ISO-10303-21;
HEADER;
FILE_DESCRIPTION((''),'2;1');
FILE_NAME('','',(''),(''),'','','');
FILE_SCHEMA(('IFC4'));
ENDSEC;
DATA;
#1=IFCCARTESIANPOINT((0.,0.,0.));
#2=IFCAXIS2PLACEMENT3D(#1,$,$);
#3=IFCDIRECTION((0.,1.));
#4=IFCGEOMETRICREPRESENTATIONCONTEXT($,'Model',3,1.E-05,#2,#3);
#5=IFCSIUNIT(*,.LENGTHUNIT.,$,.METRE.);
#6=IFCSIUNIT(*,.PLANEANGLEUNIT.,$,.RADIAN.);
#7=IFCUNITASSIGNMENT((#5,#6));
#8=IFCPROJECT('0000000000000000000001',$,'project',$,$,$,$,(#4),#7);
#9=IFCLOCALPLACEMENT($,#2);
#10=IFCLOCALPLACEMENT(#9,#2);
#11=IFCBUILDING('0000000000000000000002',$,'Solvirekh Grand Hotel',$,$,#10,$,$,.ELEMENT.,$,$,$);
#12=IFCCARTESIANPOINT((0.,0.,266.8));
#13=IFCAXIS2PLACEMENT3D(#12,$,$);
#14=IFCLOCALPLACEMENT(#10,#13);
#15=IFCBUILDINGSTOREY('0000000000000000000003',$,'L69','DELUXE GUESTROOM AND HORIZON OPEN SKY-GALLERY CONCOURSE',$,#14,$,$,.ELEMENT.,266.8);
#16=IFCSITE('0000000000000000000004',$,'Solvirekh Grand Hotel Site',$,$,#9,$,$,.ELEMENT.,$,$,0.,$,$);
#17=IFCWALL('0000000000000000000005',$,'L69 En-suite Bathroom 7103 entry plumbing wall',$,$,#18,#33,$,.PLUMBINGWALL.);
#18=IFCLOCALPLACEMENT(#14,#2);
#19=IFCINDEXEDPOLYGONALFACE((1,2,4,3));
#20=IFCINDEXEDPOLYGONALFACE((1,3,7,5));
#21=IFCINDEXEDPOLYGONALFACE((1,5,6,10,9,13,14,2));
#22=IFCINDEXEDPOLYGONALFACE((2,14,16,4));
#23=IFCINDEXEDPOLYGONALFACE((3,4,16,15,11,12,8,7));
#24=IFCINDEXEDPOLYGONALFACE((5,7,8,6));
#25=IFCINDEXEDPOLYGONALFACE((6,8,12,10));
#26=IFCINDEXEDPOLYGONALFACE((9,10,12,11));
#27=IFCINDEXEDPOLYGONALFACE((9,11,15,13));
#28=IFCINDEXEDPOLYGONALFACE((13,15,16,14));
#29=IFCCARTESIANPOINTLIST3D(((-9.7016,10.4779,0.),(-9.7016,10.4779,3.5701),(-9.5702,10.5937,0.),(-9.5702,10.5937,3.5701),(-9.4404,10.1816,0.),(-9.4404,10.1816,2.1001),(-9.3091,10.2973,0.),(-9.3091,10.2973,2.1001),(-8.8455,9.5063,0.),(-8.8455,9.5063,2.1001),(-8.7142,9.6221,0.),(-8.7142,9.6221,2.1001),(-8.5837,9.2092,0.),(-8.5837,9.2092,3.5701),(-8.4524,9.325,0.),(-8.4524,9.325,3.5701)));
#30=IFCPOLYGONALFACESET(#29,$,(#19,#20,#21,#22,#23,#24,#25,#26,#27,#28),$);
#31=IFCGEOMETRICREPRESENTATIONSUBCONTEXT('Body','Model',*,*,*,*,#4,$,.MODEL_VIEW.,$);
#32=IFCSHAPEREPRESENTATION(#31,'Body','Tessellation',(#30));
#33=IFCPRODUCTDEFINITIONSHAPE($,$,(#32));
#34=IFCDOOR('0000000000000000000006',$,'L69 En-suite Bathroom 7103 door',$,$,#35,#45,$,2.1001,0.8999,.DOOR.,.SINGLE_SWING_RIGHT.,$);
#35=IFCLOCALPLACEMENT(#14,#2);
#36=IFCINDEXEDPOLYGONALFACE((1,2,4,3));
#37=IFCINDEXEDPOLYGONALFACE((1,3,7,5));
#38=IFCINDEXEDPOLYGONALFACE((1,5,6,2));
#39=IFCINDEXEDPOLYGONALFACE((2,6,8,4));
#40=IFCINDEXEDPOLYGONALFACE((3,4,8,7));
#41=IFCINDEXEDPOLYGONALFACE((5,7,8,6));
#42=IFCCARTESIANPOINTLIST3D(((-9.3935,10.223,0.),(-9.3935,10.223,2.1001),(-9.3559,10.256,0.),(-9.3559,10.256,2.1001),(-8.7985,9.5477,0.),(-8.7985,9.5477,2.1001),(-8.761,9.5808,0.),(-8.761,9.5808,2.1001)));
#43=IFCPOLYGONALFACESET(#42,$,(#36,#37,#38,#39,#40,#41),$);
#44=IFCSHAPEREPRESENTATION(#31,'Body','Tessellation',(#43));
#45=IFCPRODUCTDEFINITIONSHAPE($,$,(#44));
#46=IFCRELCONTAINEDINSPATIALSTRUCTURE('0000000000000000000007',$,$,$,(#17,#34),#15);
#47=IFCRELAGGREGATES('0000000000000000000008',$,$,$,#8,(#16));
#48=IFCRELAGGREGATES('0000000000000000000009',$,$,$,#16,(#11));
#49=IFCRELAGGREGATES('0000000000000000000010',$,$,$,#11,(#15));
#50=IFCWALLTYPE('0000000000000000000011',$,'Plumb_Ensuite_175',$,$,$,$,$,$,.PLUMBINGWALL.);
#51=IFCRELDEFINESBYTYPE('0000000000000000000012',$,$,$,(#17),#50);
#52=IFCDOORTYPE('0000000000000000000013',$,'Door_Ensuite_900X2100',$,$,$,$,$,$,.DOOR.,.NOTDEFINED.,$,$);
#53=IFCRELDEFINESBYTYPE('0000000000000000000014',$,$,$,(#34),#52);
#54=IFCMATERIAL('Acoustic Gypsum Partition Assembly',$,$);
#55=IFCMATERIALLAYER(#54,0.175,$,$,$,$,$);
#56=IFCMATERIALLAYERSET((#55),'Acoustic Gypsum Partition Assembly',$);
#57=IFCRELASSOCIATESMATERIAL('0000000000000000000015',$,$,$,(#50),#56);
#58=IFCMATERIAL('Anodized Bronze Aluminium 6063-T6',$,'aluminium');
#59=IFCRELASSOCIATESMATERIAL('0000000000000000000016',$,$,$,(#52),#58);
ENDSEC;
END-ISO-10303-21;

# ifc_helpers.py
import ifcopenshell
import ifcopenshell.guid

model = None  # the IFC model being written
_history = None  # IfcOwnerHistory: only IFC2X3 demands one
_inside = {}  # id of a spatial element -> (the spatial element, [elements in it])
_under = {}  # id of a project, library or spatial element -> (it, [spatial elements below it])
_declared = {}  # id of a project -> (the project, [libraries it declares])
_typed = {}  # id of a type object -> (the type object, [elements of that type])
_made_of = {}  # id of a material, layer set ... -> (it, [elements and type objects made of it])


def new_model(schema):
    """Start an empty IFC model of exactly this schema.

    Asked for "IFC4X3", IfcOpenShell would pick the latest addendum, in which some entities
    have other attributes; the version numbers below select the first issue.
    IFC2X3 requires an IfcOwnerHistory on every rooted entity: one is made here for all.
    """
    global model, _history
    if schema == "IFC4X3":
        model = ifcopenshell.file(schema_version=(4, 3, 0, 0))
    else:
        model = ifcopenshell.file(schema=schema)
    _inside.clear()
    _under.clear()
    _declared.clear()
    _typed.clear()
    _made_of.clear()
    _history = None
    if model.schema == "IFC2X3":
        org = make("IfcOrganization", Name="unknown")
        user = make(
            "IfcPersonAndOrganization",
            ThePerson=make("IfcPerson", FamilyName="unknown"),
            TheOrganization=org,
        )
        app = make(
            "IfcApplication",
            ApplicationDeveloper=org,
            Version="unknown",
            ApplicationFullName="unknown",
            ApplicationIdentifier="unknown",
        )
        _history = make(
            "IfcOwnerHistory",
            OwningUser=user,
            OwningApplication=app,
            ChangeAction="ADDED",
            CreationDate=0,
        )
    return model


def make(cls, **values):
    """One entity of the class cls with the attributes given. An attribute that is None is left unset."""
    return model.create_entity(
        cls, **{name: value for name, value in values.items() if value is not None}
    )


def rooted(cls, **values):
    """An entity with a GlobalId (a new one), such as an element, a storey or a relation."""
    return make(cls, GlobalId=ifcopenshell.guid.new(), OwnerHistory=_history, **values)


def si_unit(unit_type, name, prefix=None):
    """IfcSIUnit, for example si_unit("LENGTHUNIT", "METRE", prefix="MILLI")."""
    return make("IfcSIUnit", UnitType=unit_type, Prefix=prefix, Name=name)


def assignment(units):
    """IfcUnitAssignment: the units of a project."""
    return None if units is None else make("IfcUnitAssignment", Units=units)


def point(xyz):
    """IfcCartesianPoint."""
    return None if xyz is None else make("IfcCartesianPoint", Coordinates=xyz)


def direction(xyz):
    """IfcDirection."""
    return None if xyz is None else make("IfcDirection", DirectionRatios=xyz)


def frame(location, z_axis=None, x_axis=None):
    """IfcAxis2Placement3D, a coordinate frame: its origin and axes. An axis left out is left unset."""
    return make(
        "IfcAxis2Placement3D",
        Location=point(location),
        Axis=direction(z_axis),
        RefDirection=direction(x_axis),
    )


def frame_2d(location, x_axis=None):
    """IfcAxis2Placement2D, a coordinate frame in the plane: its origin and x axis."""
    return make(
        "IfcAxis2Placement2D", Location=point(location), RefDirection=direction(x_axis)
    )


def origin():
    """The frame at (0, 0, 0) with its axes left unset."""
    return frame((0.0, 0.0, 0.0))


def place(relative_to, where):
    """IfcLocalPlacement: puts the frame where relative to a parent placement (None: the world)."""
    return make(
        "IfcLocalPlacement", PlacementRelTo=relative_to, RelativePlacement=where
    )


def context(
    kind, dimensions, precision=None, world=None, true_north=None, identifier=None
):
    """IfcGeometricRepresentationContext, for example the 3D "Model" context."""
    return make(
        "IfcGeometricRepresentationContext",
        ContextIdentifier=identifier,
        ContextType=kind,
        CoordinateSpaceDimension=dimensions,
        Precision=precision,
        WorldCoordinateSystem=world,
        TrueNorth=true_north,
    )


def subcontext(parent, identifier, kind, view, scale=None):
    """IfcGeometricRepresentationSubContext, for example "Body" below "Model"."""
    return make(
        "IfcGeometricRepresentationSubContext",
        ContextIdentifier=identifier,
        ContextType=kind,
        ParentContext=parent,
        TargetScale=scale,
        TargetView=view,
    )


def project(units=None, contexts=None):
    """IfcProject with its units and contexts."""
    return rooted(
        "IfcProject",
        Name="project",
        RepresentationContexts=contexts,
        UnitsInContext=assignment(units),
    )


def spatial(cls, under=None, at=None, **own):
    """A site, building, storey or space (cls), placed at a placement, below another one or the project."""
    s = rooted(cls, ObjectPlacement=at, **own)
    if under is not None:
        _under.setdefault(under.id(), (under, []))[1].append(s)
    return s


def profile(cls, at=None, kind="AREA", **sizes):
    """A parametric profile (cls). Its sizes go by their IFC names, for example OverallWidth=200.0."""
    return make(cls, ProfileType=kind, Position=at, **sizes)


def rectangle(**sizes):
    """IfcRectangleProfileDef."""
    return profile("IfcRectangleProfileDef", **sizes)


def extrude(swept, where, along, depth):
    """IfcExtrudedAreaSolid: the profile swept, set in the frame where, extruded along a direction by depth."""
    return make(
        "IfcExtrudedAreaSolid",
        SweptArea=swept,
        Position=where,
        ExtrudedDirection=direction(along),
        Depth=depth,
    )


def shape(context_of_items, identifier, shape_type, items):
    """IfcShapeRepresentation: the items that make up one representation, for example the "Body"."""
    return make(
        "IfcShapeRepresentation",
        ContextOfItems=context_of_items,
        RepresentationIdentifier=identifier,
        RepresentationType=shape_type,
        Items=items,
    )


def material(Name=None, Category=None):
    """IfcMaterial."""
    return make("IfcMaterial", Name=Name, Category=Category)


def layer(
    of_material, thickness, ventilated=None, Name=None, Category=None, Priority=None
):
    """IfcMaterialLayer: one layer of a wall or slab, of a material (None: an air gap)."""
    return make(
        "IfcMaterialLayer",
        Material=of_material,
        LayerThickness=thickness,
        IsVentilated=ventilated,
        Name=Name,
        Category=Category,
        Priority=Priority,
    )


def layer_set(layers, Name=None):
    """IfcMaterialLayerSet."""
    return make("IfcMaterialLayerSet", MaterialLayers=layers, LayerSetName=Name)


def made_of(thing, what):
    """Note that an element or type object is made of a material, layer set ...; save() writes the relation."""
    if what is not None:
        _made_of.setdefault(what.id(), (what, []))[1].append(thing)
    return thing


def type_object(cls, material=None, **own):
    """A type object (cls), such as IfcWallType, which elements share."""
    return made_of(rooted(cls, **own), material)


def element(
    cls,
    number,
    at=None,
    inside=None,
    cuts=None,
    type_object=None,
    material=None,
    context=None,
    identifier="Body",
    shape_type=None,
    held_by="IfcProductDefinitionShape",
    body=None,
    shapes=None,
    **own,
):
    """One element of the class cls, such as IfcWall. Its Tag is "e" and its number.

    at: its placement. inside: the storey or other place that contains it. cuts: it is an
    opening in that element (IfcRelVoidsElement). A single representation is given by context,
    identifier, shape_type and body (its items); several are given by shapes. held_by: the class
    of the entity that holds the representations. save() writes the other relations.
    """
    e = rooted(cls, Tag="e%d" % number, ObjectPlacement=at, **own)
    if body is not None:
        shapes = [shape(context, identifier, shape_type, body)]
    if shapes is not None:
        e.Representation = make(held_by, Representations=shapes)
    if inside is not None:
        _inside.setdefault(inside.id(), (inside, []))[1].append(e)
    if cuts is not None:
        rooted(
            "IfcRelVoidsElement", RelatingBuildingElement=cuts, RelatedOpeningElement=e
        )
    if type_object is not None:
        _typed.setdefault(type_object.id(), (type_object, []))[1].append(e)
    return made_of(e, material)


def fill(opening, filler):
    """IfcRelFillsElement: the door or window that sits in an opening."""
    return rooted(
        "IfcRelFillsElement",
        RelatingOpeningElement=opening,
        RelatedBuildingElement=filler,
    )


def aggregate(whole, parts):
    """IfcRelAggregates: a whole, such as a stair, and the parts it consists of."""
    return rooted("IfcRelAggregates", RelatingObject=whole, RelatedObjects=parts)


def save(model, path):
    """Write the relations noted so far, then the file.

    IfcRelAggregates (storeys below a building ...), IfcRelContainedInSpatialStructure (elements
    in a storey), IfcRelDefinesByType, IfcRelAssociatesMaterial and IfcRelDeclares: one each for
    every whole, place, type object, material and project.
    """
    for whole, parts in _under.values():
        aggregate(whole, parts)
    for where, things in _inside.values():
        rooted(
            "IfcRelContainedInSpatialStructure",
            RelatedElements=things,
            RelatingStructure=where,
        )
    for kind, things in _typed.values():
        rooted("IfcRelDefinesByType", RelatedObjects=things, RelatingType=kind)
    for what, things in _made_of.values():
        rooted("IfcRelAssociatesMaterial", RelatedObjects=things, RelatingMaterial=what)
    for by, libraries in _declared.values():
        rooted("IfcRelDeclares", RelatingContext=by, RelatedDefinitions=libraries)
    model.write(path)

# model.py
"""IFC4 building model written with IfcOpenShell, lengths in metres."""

from ifc_helpers import new_model, si_unit, direction, frame, frame_2d, origin, place, context, subcontext, project, spatial, rectangle, extrude, material, layer, layer_set, type_object, element, fill, save


model = new_model("IFC4")

# Units and contexts
model_context = context("Model", 3, precision=1e-05, world=origin(), true_north=direction((0.0, 1.0)))
body_context = subcontext(model_context, "Body", "Model", "MODEL_VIEW")
ifc_project = project(units=[si_unit("LENGTHUNIT", "METRE"), si_unit("PLANEANGLEUNIT", "RADIAN")], contexts=[model_context])

# Site, building, storey
site_placement = place(None, origin())
site = spatial("IfcSite", under=ifc_project, at=site_placement, Name="Solvirekh Grand Hotel Site", CompositionType="ELEMENT", RefElevation=0.0)
building_placement = place(site_placement, origin())
building = spatial("IfcBuilding", under=site, at=building_placement, Name="Solvirekh Grand Hotel", CompositionType="ELEMENT")
storey_placement = place(building_placement, frame((0.0, 0.0, 266.8)))
storey = spatial("IfcBuildingStorey", under=building, at=storey_placement, Name="L69", Description="DELUXE GUESTROOM AND HORIZON OPEN SKY-GALLERY CONCOURSE", CompositionType="ELEMENT", Elevation=266.8)

# Shared definitions
ifc_material_1 = material(Name="Anodized Bronze Aluminium 6063-T6", Category="aluminium")

# Shared definitions
ifc_material_2 = material(Name="Acoustic Gypsum Partition Assembly")

# Shared definitions
ifc_layer_1 = layer(ifc_material_2, 0.175)
ifc_layer_set_1 = layer_set([ifc_layer_1], Name="Acoustic Gypsum Partition Assembly")
wall_type_1 = type_object("IfcWallType", Name="Plumb_Ensuite_175", PredefinedType="PLUMBINGWALL", material=ifc_layer_set_1)

# Wall, opening, door
wall_1_placement = place(storey_placement, frame((-8.5181, 9.2671, 0.0), z_axis=(0.0, 0.0, 1.0), x_axis=(-0.661087, 0.75031, 0.0)))
wall_1 = element("IfcWall", 1, at=wall_1_placement, inside=storey, type_object=wall_type_1, Name="L69 En-suite Bathroom 7103 entry plumbing wall", PredefinedType="PLUMBINGWALL", context=body_context, shape_type="SweptSolid", body=[
    extrude(rectangle(XDim=1.6909, YDim=0.175, at=frame_2d((0.8455, 0.0))), origin(), (0.0, 0.0, 1.0), 3.5701),
])
opening_1_placement = place(wall_1_placement, frame((0.396, 0.0, 0.0)))
opening_1 = element("IfcOpeningElement", 2, at=opening_1_placement, cuts=wall_1, PredefinedType="OPENING", context=body_context, shape_type="SweptSolid", body=[
    extrude(rectangle(XDim=0.8999, YDim=2.1001, at=frame_2d((0.45, 1.05))), frame((0.0, 0.0977, 0.0), z_axis=(0.0, -1.0, 0.0), x_axis=(1.0, 0.0, 0.0)), (0.0, 0.0, 1.0), 0.1951),
])
door_type_1 = type_object("IfcDoorType", Name="Door_Ensuite_900X2100", OperationType="NOTDEFINED", PredefinedType="DOOR", material=ifc_material_1)
door_1_placement = place(opening_1_placement, origin())
door_1 = element("IfcDoor", 3, at=door_1_placement, inside=storey, type_object=door_type_1, Name="L69 En-suite Bathroom 7103 door", OperationType="SINGLE_SWING_RIGHT", OverallHeight=2.1001, OverallWidth=0.8999, PredefinedType="DOOR", context=body_context, shape_type="SweptSolid", body=[
    extrude(rectangle(XDim=0.8999, YDim=2.1001, at=frame_2d((0.45, 1.05))), frame((0.0, 0.0249, 0.0), z_axis=(0.0, -1.0, 0.0), x_axis=(1.0, 0.0, 0.0)), (0.0, 0.0, 1.0), 0.05),
])
fill(opening_1, door_1)

save(model, "model.ifc")
